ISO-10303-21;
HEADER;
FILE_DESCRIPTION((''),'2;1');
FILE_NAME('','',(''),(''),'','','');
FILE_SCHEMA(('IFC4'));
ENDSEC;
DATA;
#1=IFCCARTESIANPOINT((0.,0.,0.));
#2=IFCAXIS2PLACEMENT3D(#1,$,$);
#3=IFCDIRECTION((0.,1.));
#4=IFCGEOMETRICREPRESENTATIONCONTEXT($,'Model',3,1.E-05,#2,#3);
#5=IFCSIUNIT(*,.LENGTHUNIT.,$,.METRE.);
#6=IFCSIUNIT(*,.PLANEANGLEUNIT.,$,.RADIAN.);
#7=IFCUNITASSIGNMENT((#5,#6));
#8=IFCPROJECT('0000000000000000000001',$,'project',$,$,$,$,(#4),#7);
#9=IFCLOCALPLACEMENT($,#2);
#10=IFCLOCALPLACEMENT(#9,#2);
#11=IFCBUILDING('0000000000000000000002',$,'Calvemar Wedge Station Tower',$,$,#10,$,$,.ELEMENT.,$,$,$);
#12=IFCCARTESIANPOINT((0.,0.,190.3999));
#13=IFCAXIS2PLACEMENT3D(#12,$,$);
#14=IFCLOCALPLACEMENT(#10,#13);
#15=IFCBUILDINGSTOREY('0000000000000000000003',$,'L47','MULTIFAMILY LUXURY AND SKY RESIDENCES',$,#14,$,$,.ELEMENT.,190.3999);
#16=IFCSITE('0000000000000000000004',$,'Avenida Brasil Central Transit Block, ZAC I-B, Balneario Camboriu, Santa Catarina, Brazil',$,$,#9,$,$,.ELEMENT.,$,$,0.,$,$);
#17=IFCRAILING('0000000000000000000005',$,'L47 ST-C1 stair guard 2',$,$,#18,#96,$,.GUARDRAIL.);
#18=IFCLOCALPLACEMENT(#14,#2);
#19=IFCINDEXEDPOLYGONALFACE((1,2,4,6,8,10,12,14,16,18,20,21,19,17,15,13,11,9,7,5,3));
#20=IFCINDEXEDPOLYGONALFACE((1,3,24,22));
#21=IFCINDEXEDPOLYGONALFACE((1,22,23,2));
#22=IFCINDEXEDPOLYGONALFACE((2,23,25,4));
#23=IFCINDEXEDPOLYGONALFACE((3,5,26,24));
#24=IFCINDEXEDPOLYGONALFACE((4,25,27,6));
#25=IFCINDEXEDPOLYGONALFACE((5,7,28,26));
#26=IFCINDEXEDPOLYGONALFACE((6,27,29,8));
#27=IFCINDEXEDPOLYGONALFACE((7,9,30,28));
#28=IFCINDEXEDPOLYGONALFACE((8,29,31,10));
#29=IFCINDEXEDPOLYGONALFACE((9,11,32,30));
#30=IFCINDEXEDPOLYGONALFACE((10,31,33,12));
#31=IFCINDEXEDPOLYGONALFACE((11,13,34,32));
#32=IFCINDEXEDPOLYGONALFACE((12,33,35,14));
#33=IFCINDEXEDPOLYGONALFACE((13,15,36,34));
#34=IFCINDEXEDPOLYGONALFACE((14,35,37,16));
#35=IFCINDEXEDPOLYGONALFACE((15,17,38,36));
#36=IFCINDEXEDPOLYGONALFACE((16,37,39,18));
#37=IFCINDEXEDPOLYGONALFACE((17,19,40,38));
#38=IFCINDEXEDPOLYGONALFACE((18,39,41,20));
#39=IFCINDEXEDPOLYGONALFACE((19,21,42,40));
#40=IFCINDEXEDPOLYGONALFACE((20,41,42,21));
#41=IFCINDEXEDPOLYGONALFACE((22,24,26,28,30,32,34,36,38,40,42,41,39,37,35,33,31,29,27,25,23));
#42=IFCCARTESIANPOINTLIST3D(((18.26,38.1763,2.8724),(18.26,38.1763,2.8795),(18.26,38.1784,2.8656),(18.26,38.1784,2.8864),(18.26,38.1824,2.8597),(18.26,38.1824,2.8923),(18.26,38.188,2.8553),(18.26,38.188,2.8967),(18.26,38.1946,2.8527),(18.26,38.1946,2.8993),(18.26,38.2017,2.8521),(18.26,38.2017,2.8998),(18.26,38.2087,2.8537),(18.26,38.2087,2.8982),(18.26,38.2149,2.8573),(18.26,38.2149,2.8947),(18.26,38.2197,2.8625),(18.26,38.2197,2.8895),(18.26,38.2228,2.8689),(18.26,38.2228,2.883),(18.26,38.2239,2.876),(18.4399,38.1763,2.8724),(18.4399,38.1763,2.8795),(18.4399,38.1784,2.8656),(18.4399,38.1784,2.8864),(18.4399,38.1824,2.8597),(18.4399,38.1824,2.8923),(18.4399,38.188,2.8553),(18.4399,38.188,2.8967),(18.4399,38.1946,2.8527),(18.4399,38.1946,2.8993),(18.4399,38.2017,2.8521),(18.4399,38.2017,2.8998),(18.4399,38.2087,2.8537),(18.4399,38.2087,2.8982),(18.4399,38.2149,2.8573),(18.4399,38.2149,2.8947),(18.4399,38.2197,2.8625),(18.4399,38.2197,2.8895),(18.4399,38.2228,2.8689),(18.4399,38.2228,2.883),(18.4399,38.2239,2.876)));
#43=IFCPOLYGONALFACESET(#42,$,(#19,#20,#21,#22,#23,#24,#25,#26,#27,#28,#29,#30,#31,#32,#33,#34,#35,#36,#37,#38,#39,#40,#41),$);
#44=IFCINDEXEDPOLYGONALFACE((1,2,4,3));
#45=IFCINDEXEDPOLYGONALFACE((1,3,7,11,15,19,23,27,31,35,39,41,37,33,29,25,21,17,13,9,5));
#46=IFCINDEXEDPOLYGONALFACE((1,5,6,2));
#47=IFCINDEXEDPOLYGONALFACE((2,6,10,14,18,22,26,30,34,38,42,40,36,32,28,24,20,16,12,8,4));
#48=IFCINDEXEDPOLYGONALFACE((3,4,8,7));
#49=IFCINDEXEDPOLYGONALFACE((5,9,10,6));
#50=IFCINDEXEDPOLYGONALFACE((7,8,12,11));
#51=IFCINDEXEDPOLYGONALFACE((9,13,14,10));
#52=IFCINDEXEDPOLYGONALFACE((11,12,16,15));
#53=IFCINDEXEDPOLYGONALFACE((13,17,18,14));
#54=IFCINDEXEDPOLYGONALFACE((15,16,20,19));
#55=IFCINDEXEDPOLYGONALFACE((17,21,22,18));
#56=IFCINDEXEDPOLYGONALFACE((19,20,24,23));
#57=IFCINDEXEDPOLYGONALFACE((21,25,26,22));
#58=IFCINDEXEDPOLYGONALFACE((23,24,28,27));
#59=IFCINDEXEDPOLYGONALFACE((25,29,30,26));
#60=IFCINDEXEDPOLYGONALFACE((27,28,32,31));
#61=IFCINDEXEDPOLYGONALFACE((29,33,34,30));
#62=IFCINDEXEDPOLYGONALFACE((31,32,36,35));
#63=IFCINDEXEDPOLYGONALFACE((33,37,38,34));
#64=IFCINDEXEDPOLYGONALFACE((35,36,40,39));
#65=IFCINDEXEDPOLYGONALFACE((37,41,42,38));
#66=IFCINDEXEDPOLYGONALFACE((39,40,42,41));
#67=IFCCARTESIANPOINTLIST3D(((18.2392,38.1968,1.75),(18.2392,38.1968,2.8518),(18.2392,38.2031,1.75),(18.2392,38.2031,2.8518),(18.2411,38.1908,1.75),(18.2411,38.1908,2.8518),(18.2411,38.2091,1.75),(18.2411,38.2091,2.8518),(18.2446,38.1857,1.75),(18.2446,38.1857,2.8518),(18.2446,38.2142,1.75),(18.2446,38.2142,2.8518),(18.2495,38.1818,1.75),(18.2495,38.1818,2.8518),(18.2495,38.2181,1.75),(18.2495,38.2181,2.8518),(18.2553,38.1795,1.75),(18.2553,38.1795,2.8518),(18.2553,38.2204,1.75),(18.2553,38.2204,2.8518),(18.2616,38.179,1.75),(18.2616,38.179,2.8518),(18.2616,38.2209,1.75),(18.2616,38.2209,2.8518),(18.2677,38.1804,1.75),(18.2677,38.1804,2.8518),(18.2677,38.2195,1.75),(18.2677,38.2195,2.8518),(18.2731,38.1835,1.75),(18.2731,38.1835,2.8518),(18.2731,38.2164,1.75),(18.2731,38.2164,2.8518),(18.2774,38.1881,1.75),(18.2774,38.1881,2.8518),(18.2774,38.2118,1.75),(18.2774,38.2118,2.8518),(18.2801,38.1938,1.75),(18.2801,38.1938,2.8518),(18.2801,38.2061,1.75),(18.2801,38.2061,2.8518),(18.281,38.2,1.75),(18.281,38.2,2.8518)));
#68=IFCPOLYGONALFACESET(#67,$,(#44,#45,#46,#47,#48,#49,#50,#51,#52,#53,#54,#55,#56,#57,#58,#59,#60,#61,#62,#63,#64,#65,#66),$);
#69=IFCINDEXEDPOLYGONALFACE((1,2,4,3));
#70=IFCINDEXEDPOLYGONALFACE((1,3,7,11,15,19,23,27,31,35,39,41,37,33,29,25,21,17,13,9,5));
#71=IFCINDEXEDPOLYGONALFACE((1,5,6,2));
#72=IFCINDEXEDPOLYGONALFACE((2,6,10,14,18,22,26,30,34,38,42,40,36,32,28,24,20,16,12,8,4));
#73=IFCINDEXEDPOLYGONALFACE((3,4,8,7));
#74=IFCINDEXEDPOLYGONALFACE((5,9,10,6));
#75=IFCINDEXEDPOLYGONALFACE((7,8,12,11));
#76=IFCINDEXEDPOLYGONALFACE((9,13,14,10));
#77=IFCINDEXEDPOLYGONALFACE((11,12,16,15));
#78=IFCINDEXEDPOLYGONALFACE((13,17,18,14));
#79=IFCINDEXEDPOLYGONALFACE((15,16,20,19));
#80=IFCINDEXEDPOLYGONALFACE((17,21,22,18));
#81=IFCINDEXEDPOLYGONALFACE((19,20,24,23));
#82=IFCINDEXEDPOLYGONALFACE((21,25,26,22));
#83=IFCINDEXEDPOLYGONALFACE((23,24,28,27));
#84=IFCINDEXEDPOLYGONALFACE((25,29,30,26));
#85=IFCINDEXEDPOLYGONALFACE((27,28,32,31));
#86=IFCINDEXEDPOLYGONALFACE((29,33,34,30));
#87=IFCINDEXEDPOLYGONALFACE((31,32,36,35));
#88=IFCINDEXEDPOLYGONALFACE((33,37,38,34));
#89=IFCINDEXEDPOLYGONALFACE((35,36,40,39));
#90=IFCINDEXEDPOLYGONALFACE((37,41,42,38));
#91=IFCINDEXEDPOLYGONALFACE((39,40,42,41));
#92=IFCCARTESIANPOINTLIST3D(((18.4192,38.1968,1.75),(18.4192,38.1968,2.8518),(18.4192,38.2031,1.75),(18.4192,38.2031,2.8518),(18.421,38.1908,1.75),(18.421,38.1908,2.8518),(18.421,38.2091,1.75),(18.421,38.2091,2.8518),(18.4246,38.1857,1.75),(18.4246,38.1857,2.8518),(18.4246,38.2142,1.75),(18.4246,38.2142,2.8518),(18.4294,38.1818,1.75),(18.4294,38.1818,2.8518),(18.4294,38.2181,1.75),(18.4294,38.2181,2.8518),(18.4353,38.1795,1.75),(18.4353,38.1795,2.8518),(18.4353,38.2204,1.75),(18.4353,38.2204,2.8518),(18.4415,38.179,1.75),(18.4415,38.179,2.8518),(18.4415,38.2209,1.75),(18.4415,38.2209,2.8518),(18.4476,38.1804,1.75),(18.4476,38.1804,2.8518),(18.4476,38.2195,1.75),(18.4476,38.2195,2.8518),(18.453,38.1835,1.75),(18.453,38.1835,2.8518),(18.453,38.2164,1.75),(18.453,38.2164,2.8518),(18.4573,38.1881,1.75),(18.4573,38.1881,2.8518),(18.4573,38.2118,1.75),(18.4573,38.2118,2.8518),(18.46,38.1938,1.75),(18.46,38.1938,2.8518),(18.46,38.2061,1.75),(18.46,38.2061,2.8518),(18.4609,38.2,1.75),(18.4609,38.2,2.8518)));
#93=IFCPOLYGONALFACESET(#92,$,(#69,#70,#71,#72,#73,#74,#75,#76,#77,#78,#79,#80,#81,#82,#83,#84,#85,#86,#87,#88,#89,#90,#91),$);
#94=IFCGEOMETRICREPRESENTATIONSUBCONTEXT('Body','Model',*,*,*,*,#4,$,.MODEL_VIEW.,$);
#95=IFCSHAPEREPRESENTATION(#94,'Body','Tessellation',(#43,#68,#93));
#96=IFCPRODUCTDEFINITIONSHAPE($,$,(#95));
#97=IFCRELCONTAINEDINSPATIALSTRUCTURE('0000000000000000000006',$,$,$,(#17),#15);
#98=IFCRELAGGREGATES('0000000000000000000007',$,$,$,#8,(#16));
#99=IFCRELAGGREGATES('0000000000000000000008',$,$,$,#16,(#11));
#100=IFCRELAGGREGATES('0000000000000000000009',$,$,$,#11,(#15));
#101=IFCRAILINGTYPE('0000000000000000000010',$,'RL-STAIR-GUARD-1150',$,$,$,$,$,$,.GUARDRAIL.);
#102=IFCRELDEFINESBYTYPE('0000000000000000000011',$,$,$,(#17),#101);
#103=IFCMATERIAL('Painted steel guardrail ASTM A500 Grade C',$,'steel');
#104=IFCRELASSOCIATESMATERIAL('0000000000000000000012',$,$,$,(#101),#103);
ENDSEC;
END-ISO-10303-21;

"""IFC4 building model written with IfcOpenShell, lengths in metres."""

from ifc_helpers import new_model, si_unit, direction, frame, origin, origin_2d, place, context, subcontext, project, spatial, circle, extrude, material, type_object, element, save


model = new_model("IFC4")

# Units and contexts
model_context = context("Model", 3, precision=1e-05, world=origin(), true_north=direction((0.0, 1.0)))
body_context = subcontext(model_context, "Body", "Model", "MODEL_VIEW")
ifc_project = project(units=[si_unit("LENGTHUNIT", "METRE"), si_unit("PLANEANGLEUNIT", "RADIAN")], contexts=[model_context])

# Site, building, storey
site_placement = place(None, origin())
site = spatial("IfcSite", under=ifc_project, at=site_placement, Name="Avenida Brasil Central Transit Block, ZAC I-B, Balneario Camboriu, Santa Catarina, Brazil", CompositionType="ELEMENT", RefElevation=0.0)
building_placement = place(site_placement, origin())
building = spatial("IfcBuilding", under=site, at=building_placement, Name="Calvemar Wedge Station Tower", CompositionType="ELEMENT")
storey_placement = place(building_placement, frame((0.0, 0.0, 190.3999)))
storey = spatial("IfcBuildingStorey", under=building, at=storey_placement, Name="L47", Description="MULTIFAMILY LUXURY AND SKY RESIDENCES", CompositionType="ELEMENT", Elevation=190.3999)

# Railing
ifc_material_1 = material(Name="Painted steel guardrail ASTM A500 Grade C", Category="steel")
railing_type_1 = type_object("IfcRailingType", Name="RL-STAIR-GUARD-1150", PredefinedType="GUARDRAIL", material=ifc_material_1)
railing_1_placement = place(storey_placement, frame((18.26, 38.2, 1.75)))
element("IfcRailing", 1, at=railing_1_placement, inside=storey, type_object=railing_type_1, Name="L47 ST-C1 stair guard 2", PredefinedType="GUARDRAIL", context=body_context, shape_type="SweptSolid", body=[
    extrude(circle(Radius=0.0239, at=origin_2d()), frame((0.0, 0.0, 1.126), z_axis=(1.0, 0.0, 0.0), x_axis=(0.0, 1.0, 0.0)), (0.0, 0.0, 1.0), 0.1799),
    extrude(circle(Radius=0.021, at=origin_2d()), origin(), (0.0, 0.0, 1.0), 1.1018),
    extrude(circle(Radius=0.021, at=origin_2d()), frame((0.1799, 0.0, 0.0)), (0.0, 0.0, 1.0), 1.1018),
])

save(model, "model.ifc")
